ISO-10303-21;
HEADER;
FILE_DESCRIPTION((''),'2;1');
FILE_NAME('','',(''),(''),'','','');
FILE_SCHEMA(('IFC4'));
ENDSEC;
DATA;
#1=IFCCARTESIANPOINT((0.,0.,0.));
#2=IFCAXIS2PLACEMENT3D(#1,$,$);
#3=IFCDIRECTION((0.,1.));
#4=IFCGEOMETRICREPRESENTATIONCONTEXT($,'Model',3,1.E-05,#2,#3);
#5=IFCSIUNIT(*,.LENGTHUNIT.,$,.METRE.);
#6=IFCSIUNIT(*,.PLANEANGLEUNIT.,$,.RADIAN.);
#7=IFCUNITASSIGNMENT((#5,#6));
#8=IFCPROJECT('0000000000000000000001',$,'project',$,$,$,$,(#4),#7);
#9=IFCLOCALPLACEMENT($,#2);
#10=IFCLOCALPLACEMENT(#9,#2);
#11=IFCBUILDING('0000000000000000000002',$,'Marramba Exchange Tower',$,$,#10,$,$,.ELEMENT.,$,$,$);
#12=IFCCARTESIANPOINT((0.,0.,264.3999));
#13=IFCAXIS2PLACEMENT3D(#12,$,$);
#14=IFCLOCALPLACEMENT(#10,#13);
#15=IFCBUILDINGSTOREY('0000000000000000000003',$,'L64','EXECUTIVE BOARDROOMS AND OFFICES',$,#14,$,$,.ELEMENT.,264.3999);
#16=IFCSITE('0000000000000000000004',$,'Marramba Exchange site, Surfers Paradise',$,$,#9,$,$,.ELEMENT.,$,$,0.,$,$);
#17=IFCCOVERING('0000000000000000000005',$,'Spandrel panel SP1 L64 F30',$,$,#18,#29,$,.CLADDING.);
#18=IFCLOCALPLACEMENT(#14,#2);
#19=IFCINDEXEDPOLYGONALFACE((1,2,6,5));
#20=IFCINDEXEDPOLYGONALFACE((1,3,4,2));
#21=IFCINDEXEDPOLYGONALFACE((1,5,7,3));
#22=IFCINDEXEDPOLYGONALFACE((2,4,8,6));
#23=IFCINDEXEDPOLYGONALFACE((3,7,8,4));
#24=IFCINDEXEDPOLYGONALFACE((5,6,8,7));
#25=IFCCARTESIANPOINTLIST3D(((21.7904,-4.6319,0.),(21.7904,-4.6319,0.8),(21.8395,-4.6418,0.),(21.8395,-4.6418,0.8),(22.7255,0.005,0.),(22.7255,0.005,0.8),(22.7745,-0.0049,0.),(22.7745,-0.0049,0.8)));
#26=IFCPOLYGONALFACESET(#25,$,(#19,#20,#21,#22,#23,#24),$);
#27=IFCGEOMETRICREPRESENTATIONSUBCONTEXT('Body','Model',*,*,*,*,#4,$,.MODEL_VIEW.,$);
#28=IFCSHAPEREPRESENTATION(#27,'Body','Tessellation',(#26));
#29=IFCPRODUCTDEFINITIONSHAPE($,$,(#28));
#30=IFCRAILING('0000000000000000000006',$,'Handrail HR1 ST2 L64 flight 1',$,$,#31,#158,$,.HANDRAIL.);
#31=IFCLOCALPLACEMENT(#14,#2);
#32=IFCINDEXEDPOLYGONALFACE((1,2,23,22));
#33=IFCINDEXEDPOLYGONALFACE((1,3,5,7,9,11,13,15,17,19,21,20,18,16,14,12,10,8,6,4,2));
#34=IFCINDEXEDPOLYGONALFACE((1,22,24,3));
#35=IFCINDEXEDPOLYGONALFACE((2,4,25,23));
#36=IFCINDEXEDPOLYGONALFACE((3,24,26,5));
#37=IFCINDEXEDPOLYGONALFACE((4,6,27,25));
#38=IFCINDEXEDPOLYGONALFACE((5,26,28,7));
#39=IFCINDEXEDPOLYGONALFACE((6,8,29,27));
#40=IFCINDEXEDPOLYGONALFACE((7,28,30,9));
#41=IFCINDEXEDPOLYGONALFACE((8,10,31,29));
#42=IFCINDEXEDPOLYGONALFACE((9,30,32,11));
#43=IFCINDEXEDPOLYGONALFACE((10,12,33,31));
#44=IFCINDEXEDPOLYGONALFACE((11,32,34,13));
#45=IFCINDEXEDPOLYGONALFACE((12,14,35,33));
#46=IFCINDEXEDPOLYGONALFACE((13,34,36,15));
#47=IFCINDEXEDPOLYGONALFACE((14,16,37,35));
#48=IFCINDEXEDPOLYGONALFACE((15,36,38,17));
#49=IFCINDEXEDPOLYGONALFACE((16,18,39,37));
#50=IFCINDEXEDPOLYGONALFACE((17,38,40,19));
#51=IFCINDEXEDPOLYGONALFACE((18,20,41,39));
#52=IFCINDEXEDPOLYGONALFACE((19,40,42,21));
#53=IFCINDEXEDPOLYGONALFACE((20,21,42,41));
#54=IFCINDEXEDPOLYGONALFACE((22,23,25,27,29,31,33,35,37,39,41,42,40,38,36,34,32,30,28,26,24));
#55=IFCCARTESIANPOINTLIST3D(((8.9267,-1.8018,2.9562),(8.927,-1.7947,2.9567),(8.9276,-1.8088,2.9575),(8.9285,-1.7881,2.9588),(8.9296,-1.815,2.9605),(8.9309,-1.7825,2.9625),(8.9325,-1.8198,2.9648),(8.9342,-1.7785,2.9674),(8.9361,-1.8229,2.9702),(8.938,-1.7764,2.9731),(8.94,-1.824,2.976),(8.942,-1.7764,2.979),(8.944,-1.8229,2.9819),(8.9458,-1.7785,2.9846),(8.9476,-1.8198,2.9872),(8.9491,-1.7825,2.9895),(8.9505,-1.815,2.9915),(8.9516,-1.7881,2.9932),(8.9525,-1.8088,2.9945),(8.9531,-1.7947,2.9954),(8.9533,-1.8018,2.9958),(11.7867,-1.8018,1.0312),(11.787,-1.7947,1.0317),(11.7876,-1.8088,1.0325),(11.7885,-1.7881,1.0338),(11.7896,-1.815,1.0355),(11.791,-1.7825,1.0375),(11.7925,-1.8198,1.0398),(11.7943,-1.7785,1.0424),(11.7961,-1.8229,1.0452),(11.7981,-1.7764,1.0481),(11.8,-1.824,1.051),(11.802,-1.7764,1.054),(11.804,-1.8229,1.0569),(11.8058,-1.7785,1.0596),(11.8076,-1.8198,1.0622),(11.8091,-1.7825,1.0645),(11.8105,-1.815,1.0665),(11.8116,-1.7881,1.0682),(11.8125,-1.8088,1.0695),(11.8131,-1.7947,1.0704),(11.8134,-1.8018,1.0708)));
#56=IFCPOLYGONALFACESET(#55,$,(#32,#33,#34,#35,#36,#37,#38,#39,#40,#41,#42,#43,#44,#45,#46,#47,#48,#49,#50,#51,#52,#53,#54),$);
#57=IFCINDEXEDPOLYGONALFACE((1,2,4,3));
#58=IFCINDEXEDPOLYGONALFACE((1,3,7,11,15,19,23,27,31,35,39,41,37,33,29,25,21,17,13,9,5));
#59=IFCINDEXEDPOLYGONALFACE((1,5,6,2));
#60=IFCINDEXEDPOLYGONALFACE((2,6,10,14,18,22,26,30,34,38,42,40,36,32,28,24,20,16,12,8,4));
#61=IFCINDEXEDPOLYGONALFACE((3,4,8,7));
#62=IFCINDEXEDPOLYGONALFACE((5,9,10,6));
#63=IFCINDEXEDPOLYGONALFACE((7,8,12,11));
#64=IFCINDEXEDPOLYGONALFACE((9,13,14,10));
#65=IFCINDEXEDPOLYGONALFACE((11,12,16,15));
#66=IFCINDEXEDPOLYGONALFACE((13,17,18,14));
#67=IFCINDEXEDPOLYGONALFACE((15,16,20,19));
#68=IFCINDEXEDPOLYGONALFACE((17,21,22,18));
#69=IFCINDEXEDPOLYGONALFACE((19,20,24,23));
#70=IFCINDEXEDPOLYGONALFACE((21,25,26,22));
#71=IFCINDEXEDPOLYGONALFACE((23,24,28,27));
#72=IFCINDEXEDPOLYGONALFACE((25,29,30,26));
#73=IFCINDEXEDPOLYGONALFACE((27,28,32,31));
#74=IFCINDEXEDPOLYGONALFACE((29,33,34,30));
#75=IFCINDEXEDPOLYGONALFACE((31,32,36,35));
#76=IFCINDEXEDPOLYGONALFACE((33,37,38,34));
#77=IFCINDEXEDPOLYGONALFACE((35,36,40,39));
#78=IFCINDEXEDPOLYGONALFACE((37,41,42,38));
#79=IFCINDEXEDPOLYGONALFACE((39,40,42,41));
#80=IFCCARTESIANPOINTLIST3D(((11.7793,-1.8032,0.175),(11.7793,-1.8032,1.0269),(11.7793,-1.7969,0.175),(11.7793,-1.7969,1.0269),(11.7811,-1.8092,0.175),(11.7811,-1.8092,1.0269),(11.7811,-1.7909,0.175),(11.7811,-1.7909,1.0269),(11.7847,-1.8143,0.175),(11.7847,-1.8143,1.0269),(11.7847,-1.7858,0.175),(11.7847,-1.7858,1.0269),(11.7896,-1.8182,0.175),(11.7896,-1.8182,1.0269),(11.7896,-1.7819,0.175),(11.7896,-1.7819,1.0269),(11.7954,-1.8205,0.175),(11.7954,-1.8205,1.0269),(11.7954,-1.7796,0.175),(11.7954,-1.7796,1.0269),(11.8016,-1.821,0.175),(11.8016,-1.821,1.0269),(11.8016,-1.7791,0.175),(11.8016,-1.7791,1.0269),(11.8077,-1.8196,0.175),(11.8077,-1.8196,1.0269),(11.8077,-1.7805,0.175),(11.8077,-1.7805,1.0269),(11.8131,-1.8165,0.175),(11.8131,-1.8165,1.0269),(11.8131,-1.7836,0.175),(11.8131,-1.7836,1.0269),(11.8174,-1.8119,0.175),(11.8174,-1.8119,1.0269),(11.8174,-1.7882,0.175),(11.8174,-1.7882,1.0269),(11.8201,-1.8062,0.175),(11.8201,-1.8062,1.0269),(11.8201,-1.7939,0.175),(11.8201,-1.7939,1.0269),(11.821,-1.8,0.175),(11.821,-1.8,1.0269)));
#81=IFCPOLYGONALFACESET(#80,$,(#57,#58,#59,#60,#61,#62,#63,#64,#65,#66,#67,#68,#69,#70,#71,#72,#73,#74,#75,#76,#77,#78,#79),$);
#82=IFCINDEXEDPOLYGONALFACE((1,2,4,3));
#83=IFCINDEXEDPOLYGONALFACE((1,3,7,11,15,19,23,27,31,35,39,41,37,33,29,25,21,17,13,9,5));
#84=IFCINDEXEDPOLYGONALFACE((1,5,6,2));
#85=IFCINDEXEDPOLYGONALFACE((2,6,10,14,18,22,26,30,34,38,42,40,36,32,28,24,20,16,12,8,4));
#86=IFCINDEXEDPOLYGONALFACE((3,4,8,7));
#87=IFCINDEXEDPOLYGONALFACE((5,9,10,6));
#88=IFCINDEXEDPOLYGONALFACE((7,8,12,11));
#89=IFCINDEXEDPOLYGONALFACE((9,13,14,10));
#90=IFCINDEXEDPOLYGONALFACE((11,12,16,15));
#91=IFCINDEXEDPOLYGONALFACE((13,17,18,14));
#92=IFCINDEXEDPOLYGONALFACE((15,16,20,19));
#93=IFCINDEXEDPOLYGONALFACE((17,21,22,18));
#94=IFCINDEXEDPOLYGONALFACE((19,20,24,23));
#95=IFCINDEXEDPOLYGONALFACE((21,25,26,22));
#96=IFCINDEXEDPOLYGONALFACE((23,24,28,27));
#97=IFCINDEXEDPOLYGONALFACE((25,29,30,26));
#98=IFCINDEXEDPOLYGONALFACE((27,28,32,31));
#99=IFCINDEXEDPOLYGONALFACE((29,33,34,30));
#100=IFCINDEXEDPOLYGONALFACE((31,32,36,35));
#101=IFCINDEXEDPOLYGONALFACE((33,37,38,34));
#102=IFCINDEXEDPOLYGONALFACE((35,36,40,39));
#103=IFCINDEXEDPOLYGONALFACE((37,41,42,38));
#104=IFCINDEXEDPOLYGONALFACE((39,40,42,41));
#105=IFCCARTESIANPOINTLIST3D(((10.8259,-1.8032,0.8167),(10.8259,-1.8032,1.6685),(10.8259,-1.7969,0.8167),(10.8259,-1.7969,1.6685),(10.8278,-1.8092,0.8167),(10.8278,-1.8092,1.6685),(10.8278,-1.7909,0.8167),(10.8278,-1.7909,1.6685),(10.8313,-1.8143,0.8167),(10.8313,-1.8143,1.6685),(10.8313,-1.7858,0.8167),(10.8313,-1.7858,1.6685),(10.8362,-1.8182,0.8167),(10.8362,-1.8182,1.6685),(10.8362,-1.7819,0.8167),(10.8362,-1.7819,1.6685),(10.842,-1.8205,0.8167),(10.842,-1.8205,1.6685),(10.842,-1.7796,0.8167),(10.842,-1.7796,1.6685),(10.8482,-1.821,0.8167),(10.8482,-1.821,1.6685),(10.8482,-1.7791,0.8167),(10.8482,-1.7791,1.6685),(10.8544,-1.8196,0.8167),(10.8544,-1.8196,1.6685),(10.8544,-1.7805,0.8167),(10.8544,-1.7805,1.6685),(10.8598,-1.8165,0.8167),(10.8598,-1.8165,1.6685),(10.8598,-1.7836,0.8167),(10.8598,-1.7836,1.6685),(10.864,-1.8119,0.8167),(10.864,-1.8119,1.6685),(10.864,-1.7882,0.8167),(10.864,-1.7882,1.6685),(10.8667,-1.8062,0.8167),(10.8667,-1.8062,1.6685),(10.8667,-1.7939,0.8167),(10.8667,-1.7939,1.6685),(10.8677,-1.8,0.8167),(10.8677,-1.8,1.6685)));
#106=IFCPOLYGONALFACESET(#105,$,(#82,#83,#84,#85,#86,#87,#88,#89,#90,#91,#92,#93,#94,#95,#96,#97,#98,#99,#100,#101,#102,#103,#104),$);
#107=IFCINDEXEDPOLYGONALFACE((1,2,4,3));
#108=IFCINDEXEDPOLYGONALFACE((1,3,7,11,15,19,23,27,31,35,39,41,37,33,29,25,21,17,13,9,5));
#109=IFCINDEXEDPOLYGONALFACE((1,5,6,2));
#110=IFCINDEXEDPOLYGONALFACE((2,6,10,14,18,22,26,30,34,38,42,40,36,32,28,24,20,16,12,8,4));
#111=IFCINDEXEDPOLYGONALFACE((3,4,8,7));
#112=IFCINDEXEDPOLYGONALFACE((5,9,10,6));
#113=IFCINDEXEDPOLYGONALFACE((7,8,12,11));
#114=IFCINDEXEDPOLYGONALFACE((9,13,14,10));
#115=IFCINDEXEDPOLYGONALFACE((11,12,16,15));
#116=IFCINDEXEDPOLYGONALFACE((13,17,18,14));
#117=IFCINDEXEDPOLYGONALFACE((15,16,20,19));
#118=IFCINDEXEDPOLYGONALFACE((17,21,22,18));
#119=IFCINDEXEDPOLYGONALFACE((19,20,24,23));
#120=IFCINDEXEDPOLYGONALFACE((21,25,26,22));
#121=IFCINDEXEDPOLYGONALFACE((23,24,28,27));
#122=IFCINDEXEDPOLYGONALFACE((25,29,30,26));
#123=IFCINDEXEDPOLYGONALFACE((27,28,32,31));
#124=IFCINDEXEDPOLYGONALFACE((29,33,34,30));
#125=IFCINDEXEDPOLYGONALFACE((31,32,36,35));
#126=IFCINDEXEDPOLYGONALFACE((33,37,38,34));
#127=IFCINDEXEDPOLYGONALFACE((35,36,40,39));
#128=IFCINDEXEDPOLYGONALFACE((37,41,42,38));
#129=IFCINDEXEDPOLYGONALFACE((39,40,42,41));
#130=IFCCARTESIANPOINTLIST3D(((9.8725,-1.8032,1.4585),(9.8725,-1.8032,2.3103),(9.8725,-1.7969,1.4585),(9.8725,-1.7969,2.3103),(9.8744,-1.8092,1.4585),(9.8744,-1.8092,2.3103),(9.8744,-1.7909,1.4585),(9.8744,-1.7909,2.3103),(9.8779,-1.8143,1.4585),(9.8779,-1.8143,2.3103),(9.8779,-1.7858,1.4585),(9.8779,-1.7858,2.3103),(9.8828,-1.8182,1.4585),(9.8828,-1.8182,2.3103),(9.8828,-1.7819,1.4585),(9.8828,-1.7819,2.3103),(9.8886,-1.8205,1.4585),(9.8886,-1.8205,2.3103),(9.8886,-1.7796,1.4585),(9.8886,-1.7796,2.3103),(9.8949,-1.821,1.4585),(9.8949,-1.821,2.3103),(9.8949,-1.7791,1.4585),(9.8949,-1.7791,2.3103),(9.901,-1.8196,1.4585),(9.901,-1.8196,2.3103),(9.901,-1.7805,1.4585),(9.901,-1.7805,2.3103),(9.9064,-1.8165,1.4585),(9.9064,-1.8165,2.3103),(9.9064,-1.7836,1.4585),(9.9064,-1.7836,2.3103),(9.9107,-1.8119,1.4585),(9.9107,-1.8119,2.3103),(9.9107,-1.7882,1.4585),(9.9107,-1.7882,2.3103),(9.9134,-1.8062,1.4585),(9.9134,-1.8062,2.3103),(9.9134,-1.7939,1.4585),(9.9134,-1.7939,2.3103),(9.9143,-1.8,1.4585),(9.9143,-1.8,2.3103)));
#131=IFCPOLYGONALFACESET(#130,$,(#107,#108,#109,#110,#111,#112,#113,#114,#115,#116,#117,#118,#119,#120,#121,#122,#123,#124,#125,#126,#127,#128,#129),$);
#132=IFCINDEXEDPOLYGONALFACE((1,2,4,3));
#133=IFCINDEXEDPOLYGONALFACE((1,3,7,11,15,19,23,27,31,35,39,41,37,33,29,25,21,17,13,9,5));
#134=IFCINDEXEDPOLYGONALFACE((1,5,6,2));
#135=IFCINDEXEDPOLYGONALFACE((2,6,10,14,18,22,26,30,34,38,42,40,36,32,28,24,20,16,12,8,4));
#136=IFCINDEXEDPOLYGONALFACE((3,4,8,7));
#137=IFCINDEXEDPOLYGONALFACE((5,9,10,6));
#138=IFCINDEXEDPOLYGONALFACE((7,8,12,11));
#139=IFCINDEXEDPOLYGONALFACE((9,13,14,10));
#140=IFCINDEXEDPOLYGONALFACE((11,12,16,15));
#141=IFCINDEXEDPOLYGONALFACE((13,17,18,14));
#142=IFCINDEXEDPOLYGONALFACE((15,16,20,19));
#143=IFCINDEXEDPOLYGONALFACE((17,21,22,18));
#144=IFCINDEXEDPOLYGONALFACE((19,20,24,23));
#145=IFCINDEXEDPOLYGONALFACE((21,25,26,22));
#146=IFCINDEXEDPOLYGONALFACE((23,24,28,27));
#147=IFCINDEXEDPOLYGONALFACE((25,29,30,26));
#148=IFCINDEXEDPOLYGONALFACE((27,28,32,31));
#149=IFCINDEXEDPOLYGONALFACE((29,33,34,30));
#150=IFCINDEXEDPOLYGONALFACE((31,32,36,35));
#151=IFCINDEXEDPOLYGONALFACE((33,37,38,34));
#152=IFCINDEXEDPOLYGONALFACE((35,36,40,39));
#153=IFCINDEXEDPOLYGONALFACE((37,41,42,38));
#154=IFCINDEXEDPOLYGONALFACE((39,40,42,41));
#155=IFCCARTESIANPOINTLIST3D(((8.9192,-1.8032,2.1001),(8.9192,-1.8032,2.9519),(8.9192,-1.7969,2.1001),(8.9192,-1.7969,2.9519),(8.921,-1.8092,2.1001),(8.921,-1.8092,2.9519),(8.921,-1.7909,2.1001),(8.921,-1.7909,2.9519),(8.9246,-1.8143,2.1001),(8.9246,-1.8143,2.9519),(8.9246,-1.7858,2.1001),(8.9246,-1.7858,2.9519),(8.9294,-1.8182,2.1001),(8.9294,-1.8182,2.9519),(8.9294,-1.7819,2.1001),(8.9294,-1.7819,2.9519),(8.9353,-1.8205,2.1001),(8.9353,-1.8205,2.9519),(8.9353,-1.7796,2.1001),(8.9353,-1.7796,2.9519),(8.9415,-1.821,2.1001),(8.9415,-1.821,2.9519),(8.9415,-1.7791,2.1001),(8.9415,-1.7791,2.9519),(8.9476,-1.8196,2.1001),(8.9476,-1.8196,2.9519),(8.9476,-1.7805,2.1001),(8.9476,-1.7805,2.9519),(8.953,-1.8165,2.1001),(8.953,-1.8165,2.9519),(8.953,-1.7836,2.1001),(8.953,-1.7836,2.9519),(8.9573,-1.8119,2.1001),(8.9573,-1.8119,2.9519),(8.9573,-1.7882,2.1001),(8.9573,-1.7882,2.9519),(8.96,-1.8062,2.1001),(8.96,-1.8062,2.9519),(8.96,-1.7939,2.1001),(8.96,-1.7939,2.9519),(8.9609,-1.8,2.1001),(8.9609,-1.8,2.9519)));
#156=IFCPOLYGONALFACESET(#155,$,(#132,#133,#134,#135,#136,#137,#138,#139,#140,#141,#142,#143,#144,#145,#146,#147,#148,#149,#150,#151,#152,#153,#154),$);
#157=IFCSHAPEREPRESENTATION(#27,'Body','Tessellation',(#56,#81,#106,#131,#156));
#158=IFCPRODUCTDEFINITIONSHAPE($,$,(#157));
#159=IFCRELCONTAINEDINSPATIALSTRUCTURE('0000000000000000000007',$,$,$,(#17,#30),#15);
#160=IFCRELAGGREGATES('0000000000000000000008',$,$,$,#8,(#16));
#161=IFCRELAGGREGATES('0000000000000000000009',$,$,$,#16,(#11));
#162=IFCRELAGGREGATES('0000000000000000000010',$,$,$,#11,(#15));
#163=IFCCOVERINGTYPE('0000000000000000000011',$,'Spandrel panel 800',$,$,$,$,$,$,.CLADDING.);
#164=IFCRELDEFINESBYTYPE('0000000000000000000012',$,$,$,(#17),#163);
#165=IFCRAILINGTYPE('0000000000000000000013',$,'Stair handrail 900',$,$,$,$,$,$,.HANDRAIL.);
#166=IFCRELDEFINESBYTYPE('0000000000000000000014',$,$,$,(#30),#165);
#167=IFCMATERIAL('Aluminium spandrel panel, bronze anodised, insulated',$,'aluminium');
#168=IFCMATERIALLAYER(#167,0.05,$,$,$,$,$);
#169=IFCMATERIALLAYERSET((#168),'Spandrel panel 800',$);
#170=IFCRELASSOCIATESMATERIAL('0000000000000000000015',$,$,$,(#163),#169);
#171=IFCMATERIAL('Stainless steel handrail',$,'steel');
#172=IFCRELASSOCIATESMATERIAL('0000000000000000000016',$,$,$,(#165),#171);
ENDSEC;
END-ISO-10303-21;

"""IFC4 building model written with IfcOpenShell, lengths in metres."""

from ifc_helpers import new_model, si_unit, direction, frame, origin, origin_2d, place, context, subcontext, project, spatial, rectangle, circle, extrude, material, layer, layer_set, type_object, element, save


model = new_model("IFC4")

# Units and contexts
model_context = context("Model", 3, precision=1e-05, world=origin(), true_north=direction((0.0, 1.0)))
body_context = subcontext(model_context, "Body", "Model", "MODEL_VIEW")
ifc_project = project(units=[si_unit("LENGTHUNIT", "METRE"), si_unit("PLANEANGLEUNIT", "RADIAN")], contexts=[model_context])

# Site, building, storey
site_placement = place(None, origin())
site = spatial("IfcSite", under=ifc_project, at=site_placement, Name="Marramba Exchange site, Surfers Paradise", CompositionType="ELEMENT", RefElevation=0.0)
building_placement = place(site_placement, origin())
building = spatial("IfcBuilding", under=site, at=building_placement, Name="Marramba Exchange Tower", CompositionType="ELEMENT")
storey_placement = place(building_placement, frame((0.0, 0.0, 264.3999)))
storey = spatial("IfcBuildingStorey", under=building, at=storey_placement, Name="L64", Description="EXECUTIVE BOARDROOMS AND OFFICES", CompositionType="ELEMENT", Elevation=264.3999)

# Covering
ifc_material_1 = material(Name="Aluminium spandrel panel, bronze anodised, insulated", Category="aluminium")
ifc_layer_1 = layer(ifc_material_1, 0.05)
ifc_layer_set_1 = layer_set([ifc_layer_1], Name="Spandrel panel 800")
covering_type = type_object("IfcCoveringType", Name="Spandrel panel 800", PredefinedType="CLADDING", material=ifc_layer_set_1)
covering_1_placement = place(storey_placement, frame((22.2825, -2.3184, 0.0), z_axis=(0.0, 0.0, 1.0), x_axis=(0.197671, 0.980269, 0.0)))
element("IfcCovering", 1, at=covering_1_placement, inside=storey, type_object=covering_type, Name="Spandrel panel SP1 L64 F30", PredefinedType="CLADDING", context=body_context, shape_type="SweptSolid", body=[
    extrude(rectangle(XDim=4.7302, YDim=0.05, at=origin_2d()), origin(), (0.0, 0.0, 1.0), 0.8),
])

# Railing
ifc_material_2 = material(Name="Stainless steel handrail", Category="steel")
railing_type = type_object("IfcRailingType", Name="Stair handrail 900", PredefinedType="HANDRAIL", material=ifc_material_2)
railing_1_placement = place(storey_placement, frame((11.8, -1.8, 0.175)))
element("IfcRailing", 2, at=railing_1_placement, inside=storey, type_object=railing_type, Name="Handrail HR1 ST2 L64 flight 1", PredefinedType="HANDRAIL", context=body_context, shape_type="SweptSolid", body=[
    extrude(circle(Radius=0.0239, at=origin_2d()), frame((0.0, 0.0, 0.876), z_axis=(-0.829591, 0.0, 0.558372), x_axis=(0.0, -1.0, 0.0)), (0.0, 0.0, 1.0), 3.4475),
    extrude(circle(Radius=0.021, at=origin_2d()), origin(), (0.0, 0.0, 1.0), 0.8518),
    extrude(circle(Radius=0.021, at=origin_2d()), frame((-0.9534, 0.0, 0.6416)), (0.0, 0.0, 1.0), 0.8518),
    extrude(circle(Radius=0.021, at=origin_2d()), frame((-1.9067, 0.0, 1.2834)), (0.0, 0.0, 1.0), 0.8518),
    extrude(circle(Radius=0.021, at=origin_2d()), frame((-2.8601, 0.0, 1.925)), (0.0, 0.0, 1.0), 0.8518),
])

save(model, "model.ifc")
